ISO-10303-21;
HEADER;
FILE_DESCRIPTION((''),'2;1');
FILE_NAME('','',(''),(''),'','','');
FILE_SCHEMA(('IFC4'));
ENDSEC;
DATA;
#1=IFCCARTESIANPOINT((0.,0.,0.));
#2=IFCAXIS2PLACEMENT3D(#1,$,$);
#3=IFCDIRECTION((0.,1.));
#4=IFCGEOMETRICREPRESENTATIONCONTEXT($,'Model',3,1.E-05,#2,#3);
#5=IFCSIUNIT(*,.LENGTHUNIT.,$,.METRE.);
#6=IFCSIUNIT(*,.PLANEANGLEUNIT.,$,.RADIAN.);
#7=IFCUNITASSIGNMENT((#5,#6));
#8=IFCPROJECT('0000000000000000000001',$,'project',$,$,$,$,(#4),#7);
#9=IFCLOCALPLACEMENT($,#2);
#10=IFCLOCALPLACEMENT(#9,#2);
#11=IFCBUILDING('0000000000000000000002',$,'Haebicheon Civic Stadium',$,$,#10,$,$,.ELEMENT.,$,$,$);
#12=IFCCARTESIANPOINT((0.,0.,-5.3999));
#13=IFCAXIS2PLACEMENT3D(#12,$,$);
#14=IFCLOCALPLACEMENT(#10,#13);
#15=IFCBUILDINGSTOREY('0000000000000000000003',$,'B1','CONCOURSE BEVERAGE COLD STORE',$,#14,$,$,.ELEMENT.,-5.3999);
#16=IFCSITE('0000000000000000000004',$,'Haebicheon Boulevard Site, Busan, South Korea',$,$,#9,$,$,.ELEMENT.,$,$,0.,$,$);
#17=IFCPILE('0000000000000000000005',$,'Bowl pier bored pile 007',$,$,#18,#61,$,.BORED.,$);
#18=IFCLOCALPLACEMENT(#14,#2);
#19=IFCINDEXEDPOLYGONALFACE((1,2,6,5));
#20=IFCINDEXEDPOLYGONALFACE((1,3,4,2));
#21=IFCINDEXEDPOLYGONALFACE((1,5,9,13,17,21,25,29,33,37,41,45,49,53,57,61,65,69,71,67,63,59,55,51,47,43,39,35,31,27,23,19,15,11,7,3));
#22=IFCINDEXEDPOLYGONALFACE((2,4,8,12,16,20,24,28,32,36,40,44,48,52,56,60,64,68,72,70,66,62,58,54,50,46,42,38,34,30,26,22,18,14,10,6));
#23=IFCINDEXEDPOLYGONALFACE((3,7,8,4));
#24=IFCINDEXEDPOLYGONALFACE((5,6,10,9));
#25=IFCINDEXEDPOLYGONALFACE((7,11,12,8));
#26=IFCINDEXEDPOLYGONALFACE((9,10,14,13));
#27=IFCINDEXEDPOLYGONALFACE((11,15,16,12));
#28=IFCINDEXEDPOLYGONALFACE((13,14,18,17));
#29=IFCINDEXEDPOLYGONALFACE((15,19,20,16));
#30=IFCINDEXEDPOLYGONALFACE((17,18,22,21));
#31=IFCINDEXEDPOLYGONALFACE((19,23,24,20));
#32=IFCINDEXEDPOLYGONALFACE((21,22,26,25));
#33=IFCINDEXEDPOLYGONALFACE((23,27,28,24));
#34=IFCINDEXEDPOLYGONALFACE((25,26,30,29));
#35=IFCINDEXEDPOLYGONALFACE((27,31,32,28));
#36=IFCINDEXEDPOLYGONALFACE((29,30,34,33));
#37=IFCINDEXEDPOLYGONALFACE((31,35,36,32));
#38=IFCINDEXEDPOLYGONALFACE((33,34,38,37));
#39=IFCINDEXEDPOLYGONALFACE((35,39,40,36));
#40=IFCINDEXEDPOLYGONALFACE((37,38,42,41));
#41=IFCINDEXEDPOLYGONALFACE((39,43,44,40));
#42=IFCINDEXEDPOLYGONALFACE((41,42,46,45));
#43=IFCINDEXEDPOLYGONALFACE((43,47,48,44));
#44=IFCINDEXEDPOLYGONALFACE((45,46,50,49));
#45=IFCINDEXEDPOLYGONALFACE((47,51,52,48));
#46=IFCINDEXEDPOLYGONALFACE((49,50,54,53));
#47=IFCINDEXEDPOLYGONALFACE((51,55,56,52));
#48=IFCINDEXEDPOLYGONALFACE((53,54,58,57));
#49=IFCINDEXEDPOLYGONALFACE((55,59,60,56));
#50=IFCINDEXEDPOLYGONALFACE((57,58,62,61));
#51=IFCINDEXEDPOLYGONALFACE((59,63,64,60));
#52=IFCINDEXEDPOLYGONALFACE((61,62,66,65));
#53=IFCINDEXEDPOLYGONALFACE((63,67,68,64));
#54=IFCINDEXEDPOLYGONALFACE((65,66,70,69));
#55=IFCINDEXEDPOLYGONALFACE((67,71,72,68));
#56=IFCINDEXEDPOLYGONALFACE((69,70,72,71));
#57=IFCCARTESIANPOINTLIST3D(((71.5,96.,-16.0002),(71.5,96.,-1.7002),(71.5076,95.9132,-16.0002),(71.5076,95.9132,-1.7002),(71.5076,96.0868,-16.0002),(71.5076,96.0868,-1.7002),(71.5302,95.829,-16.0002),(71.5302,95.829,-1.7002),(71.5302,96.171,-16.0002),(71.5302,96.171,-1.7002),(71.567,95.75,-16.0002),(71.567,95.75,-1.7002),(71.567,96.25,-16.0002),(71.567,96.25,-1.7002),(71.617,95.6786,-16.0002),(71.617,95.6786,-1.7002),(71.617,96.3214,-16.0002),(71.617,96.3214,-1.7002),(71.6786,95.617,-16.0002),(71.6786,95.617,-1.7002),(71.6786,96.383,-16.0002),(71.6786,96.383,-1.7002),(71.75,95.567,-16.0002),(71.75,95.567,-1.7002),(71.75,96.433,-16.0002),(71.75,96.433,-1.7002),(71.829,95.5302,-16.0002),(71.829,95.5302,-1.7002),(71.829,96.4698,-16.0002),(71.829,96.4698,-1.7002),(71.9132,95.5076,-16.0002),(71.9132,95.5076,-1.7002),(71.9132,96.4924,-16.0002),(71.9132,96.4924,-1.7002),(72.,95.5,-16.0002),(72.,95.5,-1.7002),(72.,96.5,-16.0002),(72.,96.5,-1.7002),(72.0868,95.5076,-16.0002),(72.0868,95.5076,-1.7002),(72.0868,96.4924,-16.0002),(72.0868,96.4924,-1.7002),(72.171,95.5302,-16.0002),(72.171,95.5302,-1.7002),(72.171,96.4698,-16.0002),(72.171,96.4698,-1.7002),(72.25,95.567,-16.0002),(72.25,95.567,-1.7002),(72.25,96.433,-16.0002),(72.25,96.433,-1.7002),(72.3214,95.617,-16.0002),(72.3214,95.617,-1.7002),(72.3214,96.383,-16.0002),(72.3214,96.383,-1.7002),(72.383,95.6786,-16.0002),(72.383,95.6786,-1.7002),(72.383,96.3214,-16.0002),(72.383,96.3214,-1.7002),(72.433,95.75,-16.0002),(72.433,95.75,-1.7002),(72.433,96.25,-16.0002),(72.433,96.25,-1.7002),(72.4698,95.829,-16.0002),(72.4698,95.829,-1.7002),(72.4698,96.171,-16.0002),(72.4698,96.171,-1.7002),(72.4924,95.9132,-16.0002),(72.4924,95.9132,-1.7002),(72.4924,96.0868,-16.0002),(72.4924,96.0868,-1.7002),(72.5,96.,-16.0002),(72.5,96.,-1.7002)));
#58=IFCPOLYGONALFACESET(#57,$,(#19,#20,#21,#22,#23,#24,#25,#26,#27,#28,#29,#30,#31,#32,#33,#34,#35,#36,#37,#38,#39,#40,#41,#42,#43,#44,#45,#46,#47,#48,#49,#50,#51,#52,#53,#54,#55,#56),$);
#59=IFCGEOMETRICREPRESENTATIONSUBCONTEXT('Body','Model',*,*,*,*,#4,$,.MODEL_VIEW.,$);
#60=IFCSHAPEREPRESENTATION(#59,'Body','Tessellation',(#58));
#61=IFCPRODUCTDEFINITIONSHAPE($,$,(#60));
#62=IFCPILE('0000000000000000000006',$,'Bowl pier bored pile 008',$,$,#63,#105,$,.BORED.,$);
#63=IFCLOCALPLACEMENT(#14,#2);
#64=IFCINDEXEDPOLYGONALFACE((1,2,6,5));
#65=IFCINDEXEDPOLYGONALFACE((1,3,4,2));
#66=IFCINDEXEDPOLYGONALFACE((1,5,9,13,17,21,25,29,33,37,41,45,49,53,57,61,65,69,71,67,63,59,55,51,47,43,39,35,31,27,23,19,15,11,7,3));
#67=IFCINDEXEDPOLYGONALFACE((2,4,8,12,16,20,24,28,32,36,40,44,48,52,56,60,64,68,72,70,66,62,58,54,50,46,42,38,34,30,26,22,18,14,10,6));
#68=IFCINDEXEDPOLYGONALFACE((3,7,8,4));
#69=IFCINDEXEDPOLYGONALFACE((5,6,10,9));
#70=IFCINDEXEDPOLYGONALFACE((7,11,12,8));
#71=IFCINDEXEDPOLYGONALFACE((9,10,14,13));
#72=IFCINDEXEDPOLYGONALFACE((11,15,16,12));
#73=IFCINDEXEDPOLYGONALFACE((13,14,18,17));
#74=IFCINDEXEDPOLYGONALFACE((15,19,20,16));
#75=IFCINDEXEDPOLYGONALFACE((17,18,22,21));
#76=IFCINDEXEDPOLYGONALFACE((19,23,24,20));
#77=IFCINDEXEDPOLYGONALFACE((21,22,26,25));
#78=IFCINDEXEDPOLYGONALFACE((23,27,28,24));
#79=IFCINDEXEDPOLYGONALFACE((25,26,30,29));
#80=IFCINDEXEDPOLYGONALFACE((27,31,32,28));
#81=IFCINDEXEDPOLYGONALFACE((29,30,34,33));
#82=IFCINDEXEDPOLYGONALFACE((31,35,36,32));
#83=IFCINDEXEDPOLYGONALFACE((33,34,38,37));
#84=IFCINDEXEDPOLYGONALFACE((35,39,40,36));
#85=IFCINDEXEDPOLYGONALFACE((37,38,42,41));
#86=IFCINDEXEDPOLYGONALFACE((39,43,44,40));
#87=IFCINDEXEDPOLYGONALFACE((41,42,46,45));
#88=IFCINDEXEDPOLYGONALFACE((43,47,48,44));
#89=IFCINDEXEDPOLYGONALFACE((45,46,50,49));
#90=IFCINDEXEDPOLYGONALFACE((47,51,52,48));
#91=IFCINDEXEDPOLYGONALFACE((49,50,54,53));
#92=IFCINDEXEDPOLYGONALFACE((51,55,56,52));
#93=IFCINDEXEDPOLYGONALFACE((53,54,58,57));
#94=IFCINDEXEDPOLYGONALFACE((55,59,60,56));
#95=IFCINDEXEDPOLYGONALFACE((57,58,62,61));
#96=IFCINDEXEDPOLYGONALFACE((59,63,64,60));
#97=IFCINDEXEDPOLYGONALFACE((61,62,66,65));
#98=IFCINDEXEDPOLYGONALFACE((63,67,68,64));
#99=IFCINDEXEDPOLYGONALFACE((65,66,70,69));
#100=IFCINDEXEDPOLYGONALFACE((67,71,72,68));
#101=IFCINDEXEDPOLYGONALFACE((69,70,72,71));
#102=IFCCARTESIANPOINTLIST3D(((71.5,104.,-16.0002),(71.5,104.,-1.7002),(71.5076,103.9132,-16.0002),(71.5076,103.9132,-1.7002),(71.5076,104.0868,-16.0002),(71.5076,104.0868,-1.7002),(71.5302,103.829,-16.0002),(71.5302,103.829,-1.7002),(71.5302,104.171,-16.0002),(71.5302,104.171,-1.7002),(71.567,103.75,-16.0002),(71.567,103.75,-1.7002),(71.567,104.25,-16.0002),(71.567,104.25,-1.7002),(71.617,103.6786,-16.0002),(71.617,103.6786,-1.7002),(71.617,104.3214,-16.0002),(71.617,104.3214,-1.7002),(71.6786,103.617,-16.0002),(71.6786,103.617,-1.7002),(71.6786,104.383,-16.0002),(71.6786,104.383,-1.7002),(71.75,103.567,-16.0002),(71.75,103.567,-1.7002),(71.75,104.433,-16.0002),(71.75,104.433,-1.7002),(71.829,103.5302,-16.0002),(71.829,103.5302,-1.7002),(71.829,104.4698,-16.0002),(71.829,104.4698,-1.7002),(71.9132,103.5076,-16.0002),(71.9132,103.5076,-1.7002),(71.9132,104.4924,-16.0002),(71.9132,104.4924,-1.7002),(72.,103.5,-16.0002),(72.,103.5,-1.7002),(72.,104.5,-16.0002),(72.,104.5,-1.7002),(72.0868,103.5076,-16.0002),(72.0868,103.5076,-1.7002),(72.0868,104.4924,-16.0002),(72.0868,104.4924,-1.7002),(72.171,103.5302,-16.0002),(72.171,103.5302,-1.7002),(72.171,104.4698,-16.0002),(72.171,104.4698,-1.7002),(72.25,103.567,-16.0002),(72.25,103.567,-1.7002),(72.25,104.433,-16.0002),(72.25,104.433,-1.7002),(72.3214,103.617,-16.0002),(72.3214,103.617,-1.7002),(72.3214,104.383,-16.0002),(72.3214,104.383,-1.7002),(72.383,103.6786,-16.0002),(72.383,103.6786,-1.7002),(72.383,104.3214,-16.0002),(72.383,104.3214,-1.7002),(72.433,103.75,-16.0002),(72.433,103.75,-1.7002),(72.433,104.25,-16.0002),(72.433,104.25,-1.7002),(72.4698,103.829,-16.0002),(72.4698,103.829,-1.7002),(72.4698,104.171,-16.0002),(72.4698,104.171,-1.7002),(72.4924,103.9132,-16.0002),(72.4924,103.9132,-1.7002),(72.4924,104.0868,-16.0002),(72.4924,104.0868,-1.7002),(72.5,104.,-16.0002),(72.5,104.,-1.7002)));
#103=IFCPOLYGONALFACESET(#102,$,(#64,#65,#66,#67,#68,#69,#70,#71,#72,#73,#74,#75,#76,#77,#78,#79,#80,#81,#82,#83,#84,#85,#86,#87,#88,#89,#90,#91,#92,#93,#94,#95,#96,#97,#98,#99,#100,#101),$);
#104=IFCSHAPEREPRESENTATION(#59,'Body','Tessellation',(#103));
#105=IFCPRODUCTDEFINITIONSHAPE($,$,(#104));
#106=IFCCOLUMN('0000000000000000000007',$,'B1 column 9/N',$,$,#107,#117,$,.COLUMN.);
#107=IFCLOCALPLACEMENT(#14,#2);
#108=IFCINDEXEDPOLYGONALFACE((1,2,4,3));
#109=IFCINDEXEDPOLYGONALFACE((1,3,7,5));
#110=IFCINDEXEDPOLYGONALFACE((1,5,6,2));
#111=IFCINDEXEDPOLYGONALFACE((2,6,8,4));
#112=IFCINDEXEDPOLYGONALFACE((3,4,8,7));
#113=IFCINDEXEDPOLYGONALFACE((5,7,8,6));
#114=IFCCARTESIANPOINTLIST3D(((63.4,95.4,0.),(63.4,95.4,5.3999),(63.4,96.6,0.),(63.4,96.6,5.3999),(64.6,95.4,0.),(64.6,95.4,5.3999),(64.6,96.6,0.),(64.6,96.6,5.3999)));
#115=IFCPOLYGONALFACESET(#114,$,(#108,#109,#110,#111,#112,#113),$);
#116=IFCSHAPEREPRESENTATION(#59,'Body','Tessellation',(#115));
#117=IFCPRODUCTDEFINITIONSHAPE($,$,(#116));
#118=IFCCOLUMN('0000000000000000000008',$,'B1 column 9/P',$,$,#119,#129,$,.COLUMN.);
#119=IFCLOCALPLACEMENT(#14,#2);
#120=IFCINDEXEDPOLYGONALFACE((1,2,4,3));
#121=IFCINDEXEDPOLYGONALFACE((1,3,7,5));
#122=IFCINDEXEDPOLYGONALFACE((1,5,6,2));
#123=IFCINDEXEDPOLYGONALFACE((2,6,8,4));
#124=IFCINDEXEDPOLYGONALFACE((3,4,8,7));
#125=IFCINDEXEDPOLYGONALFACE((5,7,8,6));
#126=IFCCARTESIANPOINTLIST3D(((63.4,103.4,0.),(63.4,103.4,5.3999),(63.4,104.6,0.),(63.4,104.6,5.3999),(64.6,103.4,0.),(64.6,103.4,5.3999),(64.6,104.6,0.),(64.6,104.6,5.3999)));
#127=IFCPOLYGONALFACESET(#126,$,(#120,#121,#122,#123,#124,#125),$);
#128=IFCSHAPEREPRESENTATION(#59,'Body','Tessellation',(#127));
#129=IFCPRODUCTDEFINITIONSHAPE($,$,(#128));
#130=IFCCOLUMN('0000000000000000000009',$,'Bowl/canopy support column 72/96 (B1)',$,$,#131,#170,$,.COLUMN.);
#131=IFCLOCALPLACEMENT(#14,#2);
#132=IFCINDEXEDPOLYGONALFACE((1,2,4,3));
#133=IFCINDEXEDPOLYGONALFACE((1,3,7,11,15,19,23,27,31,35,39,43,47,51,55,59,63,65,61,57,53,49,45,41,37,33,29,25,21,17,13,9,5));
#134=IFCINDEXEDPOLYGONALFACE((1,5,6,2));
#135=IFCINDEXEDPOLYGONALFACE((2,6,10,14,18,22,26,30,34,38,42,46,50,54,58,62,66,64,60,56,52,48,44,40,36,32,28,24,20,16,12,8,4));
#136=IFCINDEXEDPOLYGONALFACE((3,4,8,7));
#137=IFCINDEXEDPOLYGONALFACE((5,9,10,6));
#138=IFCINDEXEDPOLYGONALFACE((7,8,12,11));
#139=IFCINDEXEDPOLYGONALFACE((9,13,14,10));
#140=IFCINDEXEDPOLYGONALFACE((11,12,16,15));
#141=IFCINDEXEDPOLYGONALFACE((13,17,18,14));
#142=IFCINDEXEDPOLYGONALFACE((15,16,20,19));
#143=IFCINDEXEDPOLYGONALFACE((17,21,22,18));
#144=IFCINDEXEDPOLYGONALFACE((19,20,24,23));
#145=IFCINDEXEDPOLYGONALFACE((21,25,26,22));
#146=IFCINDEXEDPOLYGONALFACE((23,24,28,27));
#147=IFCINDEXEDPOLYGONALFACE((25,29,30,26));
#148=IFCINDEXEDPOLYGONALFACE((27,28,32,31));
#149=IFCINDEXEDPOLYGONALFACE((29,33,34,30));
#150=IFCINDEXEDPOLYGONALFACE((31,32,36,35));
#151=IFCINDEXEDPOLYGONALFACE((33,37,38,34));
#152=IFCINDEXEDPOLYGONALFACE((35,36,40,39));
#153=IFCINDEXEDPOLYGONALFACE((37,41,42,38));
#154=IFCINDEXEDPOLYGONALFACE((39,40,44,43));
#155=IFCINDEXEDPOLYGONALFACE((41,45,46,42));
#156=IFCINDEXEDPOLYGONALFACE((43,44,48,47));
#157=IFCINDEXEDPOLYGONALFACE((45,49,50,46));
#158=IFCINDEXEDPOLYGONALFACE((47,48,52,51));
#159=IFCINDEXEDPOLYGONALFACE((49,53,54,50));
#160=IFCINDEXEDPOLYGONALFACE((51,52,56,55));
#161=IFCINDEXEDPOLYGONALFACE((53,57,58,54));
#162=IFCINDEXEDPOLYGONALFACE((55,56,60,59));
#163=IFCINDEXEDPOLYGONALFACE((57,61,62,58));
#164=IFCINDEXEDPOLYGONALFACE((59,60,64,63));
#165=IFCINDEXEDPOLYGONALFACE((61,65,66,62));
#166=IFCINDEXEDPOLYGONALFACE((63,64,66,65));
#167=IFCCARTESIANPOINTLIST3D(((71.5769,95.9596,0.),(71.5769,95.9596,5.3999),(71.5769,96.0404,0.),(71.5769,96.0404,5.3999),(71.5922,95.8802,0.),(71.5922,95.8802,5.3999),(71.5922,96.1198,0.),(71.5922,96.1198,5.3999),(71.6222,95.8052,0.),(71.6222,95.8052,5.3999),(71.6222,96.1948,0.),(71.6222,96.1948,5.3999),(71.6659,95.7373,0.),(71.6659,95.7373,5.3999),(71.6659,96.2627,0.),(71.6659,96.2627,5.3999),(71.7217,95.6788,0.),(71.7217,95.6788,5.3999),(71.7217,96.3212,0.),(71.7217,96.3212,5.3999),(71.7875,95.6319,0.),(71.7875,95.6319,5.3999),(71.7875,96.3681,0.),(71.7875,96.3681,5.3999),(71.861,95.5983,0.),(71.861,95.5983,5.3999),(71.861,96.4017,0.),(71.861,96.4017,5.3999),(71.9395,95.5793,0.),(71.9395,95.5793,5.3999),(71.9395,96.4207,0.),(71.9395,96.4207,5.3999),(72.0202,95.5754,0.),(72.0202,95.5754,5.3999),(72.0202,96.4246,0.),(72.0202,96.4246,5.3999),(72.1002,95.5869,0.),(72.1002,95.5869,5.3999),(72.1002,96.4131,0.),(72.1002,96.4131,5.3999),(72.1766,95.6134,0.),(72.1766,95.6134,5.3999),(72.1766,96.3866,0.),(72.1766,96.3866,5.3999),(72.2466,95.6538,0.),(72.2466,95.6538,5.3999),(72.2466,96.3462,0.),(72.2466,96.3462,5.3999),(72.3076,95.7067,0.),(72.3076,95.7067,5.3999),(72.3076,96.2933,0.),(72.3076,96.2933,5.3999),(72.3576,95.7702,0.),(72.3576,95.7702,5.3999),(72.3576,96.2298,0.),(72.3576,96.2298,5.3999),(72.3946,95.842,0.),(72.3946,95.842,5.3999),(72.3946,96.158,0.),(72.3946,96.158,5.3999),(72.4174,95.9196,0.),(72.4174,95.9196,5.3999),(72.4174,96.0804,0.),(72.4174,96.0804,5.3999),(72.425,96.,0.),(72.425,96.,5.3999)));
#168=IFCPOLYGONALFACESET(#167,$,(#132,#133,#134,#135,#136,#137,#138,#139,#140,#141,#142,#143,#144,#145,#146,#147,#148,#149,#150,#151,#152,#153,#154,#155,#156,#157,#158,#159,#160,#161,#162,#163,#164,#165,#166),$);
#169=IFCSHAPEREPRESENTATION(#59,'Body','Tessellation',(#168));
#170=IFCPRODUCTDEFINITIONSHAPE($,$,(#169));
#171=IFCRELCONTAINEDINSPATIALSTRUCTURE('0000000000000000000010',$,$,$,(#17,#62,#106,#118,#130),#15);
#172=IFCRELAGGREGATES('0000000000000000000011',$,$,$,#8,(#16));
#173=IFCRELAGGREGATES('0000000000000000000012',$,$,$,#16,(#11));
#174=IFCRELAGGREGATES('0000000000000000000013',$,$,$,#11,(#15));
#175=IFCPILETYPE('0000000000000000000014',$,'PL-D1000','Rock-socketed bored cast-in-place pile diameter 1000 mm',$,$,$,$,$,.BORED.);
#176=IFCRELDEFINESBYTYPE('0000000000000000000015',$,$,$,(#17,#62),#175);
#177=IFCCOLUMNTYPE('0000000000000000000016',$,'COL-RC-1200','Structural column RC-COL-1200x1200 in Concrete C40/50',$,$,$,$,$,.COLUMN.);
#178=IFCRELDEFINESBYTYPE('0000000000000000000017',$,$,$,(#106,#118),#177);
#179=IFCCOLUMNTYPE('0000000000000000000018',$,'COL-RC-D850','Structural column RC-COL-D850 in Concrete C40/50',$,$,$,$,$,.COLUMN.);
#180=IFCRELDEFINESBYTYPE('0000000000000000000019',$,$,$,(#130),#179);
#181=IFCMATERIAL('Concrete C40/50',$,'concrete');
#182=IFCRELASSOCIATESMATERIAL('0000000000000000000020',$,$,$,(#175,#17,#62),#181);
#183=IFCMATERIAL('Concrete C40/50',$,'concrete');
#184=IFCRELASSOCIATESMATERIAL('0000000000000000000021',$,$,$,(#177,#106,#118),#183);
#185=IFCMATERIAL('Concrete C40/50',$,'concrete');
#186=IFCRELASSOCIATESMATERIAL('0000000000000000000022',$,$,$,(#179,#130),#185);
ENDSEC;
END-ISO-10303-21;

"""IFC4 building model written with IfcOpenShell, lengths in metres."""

from ifc_helpers import new_model, si_unit, direction, frame, origin, origin_2d, place, context, subcontext, project, spatial, rectangle, circle, extrude, material, material_profile, profile_set, type_object, element, save


model = new_model("IFC4")

# Units and contexts
model_context = context("Model", 3, precision=1e-05, world=origin(), true_north=direction((0.0, 1.0)))
body_context = subcontext(model_context, "Body", "Model", "MODEL_VIEW")
ifc_project = project(units=[si_unit("LENGTHUNIT", "METRE"), si_unit("PLANEANGLEUNIT", "RADIAN")], contexts=[model_context])

# Site, building, storey
site_placement = place(None, origin())
site = spatial("IfcSite", under=ifc_project, at=site_placement, Name="Haebicheon Boulevard Site, Busan, South Korea", CompositionType="ELEMENT", RefElevation=0.0)
building_placement = place(site_placement, origin())
building = spatial("IfcBuilding", under=site, at=building_placement, Name="Haebicheon Civic Stadium", CompositionType="ELEMENT")
storey_placement = place(building_placement, frame((0.0, 0.0, -5.3999)))
storey = spatial("IfcBuildingStorey", under=building, at=storey_placement, Name="B1", Description="CONCOURSE BEVERAGE COLD STORE", CompositionType="ELEMENT", Elevation=-5.3999)

# Piles
ifc_material_1 = material(Name="Concrete C40/50", Category="concrete")
ifc_material_profile_1 = material_profile(ifc_material_1, circle(Radius=0.5, at=origin_2d()), Name="PILE-D1000")
ifc_profile_set_1 = profile_set([ifc_material_profile_1], Name="Concrete C40/50")
pile_type = type_object("IfcPileType", Name="PL-D1000", Description="Rock-socketed bored cast-in-place pile diameter 1000 mm", PredefinedType="BORED", material=ifc_profile_set_1)
for number, where, z_axis, x_axis, name in (
    (1, (72.0, 96.0, -1.7002), (0.0, 0.0, -1.0), (1.0, 0.0, 0.0), "Bowl pier bored pile 007"),
    (2, (72.0, 104.0, -1.7002), (0.0, 0.0, -1.0), (1.0, 0.0, 0.0), "Bowl pier bored pile 008"),
):
    element("IfcPile", number, at=place(storey_placement, frame(where, z_axis=z_axis, x_axis=x_axis)), inside=storey, type_object=pile_type, material=ifc_profile_set_1, Name=name, PredefinedType="BORED", context=body_context, shape_type="SweptSolid", body=[
        extrude(circle(Radius=0.5, at=origin_2d()), origin(), (0.0, 0.0, 1.0), 14.3),
    ])

# Columns
ifc_material_2 = material(Name="Concrete C40/50", Category="concrete")
ifc_material_profile_2 = material_profile(ifc_material_2, rectangle(XDim=1.2, YDim=1.2, at=origin_2d()), Name="RC-COL-1200x1200")
ifc_profile_set_2 = profile_set([ifc_material_profile_2], Name="Concrete C40/50")
column_type_1 = type_object("IfcColumnType", Name="COL-RC-1200", Description="Structural column RC-COL-1200x1200 in Concrete C40/50", PredefinedType="COLUMN", material=ifc_profile_set_2)
for number, where, z_axis, x_axis, name in (
    (3, (64.0, 96.0, 0.0), (0.0, 0.0, 1.0), (1.0, 0.0, 0.0), "B1 column 9/N"),
    (4, (64.0, 104.0, 0.0), (0.0, 0.0, 1.0), (1.0, 0.0, 0.0), "B1 column 9/P"),
):
    element("IfcColumn", number, at=place(storey_placement, frame(where, z_axis=z_axis, x_axis=x_axis)), inside=storey, type_object=column_type_1, material=ifc_profile_set_2, Name=name, PredefinedType="COLUMN", context=body_context, shape_type="SweptSolid", body=[
        extrude(rectangle(XDim=1.2, YDim=1.2, at=origin_2d()), origin(), (0.0, 0.0, 1.0), 5.3999),
    ])
ifc_material_3 = material(Name="Concrete C40/50", Category="concrete")
ifc_material_profile_3 = material_profile(ifc_material_3, circle(Radius=0.425, at=origin_2d()), Name="RC-COL-D850")
ifc_profile_set_3 = profile_set([ifc_material_profile_3], Name="Concrete C40/50")
column_type_2 = type_object("IfcColumnType", Name="COL-RC-D850", Description="Structural column RC-COL-D850 in Concrete C40/50", PredefinedType="COLUMN", material=ifc_profile_set_3)
for number, where, z_axis, x_axis, name in (
    (5, (72.0, 96.0, 0.0), (0.0, 0.0, 1.0), (1.0, 0.0, 0.0), "Bowl/canopy support column 72/96 (B1)"),
):
    element("IfcColumn", number, at=place(storey_placement, frame(where, z_axis=z_axis, x_axis=x_axis)), inside=storey, type_object=column_type_2, material=ifc_profile_set_3, Name=name, PredefinedType="COLUMN", context=body_context, shape_type="SweptSolid", body=[
        extrude(circle(Radius=0.425, at=origin_2d()), origin(), (0.0, 0.0, 1.0), 5.3999),
    ])

save(model, "model.ifc")
